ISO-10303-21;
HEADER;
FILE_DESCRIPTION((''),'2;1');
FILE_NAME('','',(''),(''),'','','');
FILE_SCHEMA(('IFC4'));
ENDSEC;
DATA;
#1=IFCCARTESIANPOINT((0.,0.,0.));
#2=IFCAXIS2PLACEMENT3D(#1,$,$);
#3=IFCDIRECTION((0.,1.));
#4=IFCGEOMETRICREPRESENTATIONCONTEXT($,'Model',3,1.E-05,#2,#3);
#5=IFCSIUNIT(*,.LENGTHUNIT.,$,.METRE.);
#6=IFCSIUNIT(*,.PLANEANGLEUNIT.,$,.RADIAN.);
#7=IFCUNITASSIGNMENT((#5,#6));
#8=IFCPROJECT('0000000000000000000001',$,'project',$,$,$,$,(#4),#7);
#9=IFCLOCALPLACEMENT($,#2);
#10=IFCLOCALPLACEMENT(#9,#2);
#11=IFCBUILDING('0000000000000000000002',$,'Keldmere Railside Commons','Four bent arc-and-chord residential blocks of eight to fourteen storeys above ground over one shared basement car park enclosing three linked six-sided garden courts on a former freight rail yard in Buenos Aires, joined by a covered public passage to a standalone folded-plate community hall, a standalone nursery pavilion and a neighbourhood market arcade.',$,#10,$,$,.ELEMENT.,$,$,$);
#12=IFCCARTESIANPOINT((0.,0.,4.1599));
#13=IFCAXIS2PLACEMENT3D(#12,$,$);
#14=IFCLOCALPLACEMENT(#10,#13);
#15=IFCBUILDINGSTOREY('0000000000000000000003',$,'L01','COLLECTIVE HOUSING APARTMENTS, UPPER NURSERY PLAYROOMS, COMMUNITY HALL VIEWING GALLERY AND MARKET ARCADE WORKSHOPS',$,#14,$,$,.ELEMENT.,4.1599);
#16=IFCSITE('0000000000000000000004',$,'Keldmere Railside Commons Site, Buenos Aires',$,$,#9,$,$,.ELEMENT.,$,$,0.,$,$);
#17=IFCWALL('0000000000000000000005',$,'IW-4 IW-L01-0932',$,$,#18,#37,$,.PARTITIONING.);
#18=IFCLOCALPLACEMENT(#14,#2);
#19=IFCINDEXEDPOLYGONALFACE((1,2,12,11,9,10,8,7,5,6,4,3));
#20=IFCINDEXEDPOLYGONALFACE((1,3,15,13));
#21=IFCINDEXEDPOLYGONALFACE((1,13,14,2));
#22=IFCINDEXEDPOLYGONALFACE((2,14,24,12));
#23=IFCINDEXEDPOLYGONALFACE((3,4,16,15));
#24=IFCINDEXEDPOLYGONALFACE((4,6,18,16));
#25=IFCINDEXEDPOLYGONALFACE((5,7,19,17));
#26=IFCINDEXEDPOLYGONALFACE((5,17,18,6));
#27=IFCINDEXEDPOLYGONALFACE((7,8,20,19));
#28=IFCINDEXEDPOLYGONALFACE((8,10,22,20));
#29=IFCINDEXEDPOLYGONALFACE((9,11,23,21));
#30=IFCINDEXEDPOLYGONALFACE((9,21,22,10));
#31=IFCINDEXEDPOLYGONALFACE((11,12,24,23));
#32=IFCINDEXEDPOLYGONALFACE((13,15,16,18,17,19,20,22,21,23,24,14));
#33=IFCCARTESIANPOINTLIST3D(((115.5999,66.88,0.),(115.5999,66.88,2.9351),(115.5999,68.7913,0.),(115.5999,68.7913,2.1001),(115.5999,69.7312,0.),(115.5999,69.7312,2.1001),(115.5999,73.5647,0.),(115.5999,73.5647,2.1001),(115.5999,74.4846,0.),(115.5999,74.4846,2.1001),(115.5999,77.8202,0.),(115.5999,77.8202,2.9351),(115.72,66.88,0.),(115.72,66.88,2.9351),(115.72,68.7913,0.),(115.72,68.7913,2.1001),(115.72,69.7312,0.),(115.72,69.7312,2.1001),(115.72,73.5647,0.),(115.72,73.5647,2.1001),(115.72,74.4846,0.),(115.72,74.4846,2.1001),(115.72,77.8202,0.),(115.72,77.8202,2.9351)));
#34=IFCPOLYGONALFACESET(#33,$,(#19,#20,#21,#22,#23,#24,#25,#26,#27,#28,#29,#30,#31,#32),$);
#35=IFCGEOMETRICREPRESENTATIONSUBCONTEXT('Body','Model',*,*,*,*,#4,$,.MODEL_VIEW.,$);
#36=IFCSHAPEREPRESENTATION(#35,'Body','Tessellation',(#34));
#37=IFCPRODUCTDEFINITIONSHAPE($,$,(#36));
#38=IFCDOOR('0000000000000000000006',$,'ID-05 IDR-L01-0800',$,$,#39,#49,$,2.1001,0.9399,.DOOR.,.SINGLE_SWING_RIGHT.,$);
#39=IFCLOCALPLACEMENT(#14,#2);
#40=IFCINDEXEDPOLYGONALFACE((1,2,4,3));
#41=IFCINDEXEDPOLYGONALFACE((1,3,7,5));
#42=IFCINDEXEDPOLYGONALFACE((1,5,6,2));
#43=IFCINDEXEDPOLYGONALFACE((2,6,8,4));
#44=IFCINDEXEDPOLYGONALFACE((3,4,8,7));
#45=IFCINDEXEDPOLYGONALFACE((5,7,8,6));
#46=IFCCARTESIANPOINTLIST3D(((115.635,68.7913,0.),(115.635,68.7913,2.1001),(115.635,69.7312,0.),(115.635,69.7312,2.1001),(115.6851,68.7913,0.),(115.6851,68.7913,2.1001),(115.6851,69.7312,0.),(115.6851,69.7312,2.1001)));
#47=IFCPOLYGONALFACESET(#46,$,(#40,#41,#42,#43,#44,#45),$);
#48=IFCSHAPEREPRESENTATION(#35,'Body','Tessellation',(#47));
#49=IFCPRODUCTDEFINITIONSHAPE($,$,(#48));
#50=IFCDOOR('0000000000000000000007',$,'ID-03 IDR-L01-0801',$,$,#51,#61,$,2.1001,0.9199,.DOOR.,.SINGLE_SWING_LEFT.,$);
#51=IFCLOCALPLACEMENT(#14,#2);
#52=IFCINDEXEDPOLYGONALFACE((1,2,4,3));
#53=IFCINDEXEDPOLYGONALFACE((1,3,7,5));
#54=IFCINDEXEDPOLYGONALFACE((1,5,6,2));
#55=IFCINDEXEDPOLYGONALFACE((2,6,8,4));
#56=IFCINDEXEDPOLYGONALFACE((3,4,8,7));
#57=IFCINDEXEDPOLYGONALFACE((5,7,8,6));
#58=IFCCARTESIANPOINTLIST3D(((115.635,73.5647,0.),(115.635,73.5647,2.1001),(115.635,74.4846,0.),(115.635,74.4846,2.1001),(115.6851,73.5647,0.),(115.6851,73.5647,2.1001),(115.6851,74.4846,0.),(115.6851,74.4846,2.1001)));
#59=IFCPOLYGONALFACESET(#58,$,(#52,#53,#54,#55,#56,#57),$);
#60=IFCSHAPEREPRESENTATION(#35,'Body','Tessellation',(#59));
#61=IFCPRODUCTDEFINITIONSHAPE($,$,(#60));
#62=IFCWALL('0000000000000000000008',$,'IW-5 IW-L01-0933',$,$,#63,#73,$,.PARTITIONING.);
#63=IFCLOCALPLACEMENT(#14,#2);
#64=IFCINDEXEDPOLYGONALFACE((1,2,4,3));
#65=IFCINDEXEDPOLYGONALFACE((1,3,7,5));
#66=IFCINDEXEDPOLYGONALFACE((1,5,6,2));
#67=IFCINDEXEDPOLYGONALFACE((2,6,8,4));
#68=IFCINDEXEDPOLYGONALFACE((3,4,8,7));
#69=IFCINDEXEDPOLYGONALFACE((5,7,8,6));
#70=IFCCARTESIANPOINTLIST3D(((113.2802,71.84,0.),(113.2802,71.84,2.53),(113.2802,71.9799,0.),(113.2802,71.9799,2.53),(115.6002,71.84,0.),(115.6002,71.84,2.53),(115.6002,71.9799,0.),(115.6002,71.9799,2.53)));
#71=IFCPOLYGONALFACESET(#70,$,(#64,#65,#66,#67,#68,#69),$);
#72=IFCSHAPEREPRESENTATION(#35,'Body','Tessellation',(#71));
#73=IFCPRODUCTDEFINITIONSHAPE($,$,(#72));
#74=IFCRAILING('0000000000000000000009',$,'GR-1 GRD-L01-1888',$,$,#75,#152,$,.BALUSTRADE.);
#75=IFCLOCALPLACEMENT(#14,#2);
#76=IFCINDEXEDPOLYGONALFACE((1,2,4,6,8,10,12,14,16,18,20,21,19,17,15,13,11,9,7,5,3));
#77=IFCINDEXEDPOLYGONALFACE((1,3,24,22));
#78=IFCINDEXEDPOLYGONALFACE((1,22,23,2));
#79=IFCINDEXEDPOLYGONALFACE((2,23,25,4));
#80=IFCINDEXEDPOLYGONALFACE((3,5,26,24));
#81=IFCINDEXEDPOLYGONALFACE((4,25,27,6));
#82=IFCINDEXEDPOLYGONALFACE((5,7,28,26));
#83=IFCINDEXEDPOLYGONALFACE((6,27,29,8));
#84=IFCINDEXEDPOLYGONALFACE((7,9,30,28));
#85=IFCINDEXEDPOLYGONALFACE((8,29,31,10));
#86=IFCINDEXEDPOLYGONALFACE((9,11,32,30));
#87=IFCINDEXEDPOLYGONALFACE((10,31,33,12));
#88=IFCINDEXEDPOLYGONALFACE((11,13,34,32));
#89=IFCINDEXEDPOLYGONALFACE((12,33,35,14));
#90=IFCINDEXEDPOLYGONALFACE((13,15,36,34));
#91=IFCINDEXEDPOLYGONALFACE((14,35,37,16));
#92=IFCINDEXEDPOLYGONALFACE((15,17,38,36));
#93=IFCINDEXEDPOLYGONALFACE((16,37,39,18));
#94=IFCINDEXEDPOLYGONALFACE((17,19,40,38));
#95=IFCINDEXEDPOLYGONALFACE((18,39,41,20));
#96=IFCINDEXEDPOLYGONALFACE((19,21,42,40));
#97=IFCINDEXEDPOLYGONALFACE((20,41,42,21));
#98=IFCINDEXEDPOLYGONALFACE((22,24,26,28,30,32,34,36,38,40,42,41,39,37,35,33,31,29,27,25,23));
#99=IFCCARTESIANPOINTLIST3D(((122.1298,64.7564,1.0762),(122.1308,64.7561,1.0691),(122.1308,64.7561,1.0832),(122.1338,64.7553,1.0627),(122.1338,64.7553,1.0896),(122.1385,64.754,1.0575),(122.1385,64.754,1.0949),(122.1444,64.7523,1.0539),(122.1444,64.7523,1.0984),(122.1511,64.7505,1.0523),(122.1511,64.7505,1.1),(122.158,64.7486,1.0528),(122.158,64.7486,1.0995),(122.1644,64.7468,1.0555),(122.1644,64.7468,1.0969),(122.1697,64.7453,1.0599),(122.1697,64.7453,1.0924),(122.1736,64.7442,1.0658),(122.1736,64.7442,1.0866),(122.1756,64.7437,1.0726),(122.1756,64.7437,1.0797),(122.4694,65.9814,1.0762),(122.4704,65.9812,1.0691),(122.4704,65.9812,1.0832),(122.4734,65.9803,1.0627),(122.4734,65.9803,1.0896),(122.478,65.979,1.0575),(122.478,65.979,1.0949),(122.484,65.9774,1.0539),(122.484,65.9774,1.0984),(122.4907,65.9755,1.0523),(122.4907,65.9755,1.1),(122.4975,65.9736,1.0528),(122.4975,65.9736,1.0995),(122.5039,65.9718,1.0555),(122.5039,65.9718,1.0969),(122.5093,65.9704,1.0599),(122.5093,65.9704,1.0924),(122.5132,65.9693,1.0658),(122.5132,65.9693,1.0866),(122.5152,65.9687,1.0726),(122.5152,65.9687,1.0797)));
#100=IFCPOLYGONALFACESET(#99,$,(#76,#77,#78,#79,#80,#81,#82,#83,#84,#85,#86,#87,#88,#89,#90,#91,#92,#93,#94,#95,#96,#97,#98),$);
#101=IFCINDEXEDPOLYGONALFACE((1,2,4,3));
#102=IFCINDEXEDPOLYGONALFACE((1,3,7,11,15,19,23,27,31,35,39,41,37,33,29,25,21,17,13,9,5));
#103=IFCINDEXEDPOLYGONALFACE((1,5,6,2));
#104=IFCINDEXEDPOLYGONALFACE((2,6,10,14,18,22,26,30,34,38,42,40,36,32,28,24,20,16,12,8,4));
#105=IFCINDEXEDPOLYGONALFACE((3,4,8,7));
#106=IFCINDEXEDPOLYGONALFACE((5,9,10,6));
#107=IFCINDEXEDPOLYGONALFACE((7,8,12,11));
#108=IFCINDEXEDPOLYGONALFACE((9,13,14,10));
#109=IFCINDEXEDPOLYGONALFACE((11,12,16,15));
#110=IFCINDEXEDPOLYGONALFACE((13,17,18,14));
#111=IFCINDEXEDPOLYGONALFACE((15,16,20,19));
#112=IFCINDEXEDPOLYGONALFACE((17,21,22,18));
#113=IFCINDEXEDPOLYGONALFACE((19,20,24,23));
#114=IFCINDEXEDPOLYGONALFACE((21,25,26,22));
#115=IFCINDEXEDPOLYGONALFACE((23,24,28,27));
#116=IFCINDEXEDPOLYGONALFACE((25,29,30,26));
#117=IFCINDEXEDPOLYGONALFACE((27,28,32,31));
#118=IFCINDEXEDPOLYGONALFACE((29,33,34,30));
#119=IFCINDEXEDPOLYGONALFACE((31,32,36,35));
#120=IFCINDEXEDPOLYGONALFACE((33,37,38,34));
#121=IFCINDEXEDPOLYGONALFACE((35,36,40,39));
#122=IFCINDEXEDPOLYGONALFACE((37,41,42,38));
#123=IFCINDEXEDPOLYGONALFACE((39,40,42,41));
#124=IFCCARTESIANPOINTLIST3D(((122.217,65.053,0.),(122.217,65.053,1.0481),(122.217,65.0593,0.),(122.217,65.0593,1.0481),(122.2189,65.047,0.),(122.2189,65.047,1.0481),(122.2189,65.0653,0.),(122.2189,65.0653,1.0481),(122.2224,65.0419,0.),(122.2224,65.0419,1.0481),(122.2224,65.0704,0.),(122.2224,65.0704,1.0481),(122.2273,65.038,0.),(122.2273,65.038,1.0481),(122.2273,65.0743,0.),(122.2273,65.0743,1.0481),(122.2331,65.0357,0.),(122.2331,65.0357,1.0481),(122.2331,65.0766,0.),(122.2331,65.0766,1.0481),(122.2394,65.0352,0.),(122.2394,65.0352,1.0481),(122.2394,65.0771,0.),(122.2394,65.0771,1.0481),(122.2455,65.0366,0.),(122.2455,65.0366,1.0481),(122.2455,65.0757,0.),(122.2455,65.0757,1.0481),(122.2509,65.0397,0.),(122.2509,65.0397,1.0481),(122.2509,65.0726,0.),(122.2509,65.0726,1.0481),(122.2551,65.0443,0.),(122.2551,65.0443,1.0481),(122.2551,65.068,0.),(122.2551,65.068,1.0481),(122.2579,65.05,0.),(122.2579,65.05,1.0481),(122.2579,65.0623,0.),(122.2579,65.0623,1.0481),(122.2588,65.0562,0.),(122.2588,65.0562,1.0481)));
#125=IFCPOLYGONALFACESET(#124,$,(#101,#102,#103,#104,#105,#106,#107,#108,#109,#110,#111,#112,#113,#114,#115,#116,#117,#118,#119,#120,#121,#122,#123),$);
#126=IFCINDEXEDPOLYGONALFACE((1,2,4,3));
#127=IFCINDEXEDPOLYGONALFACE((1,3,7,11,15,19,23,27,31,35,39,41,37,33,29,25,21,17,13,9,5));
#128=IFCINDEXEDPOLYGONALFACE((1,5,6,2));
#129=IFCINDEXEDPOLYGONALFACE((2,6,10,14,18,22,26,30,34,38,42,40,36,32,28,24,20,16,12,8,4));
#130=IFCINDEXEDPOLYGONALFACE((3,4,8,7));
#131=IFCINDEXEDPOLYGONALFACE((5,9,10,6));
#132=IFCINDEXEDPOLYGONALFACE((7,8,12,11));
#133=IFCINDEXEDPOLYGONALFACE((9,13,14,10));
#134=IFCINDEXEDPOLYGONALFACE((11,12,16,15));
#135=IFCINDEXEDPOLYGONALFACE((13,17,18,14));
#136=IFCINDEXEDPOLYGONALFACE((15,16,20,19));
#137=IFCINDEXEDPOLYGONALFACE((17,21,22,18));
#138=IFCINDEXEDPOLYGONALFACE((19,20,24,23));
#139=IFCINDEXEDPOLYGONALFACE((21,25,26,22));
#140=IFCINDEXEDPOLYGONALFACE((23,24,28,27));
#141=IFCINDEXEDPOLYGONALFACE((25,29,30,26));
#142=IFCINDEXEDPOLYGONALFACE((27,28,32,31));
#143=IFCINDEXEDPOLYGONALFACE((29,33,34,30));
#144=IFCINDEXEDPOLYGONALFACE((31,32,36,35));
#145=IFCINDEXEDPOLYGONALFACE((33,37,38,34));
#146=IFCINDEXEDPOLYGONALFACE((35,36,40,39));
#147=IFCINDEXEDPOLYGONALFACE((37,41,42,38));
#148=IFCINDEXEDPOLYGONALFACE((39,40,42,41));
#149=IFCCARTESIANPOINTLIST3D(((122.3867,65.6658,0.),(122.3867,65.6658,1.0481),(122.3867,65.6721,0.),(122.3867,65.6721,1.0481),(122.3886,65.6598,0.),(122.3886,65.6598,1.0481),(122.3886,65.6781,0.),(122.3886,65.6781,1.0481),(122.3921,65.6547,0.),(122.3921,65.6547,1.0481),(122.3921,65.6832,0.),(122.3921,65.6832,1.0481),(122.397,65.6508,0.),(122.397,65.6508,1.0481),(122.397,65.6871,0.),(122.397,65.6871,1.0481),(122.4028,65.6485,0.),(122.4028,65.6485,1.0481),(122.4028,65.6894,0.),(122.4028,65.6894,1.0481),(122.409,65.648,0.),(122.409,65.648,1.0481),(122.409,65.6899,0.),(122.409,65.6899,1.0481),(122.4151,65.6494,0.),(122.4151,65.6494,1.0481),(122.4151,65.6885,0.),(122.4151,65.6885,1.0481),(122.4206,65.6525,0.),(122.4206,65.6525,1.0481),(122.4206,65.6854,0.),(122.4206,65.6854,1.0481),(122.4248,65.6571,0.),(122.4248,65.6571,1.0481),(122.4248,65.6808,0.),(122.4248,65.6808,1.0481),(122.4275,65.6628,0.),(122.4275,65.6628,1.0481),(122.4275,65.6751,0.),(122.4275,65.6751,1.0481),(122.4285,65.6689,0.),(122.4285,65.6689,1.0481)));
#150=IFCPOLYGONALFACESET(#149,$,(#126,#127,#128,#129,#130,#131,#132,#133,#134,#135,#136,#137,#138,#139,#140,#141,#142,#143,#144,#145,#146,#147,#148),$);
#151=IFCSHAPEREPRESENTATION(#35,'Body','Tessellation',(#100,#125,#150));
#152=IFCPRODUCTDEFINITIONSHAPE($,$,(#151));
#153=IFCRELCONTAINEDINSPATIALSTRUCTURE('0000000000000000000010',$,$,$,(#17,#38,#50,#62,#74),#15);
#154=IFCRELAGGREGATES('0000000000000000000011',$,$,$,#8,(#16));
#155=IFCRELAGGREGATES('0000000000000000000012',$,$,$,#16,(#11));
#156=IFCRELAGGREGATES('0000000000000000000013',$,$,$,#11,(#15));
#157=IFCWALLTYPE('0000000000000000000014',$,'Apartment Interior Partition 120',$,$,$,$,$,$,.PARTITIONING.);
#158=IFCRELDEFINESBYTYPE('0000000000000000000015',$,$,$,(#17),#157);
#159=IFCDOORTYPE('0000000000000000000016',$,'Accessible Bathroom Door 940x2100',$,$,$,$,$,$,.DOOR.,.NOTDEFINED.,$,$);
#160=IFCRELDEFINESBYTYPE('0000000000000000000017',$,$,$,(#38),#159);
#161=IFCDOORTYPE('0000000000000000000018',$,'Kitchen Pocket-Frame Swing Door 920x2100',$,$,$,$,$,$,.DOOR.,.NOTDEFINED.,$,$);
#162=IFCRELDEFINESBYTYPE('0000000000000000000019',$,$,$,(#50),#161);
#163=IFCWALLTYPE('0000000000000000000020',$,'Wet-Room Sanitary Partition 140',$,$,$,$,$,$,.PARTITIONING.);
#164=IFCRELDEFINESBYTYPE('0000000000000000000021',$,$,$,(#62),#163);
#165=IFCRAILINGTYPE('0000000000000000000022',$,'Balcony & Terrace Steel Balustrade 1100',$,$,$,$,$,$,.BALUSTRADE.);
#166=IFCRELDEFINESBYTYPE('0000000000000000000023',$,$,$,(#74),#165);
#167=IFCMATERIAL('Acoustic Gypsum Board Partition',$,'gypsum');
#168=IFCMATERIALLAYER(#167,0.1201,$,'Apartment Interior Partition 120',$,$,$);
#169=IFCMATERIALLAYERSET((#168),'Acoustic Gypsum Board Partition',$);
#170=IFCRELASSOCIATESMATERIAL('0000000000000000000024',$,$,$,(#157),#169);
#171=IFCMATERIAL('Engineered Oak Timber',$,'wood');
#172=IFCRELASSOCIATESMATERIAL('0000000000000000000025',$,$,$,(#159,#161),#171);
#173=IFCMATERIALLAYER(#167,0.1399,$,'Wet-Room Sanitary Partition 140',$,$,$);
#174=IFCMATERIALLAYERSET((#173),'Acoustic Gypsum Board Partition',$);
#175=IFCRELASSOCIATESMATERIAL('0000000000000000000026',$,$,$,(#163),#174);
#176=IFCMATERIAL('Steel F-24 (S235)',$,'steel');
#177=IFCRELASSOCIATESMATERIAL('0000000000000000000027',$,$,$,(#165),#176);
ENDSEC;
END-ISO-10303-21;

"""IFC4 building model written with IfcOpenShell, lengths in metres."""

from ifc_helpers import new_model, si_unit, direction, frame, frame_2d, origin, origin_2d, place, context, subcontext, project, spatial, rectangle, circle, extrude, material, layer, layer_set, type_object, element, fill, save


model = new_model("IFC4")

# Units and contexts
model_context = context("Model", 3, precision=1e-05, world=origin(), true_north=direction((0.0, 1.0)))
body_context = subcontext(model_context, "Body", "Model", "MODEL_VIEW")
ifc_project = project(units=[si_unit("LENGTHUNIT", "METRE"), si_unit("PLANEANGLEUNIT", "RADIAN")], contexts=[model_context])

# Site, building, storey
site_placement = place(None, origin())
site = spatial("IfcSite", under=ifc_project, at=site_placement, Name="Keldmere Railside Commons Site, Buenos Aires", CompositionType="ELEMENT", RefElevation=0.0)
building_placement = place(site_placement, origin())
building = spatial("IfcBuilding", under=site, at=building_placement, Name="Keldmere Railside Commons", Description="Four bent arc-and-chord residential blocks of eight to fourteen storeys above ground over one shared basement car park enclosing three linked six-sided garden courts on a former freight rail yard in Buenos Aires, joined by a covered public passage to a standalone folded-plate community hall, a standalone nursery pavilion and a neighbourhood market arcade.", CompositionType="ELEMENT")
storey_placement = place(building_placement, frame((0.0, 0.0, 4.1599)))
storey = spatial("IfcBuildingStorey", under=building, at=storey_placement, Name="L01", Description="COLLECTIVE HOUSING APARTMENTS, UPPER NURSERY PLAYROOMS, COMMUNITY HALL VIEWING GALLERY AND MARKET ARCADE WORKSHOPS", CompositionType="ELEMENT", Elevation=4.1599)

# Shared definitions
ifc_material_1 = material(Name="Acoustic Gypsum Board Partition", Category="gypsum")

# Wall, openings, doors
ifc_layer_1 = layer(ifc_material_1, 0.1201, Name="Apartment Interior Partition 120")
ifc_layer_set_1 = layer_set([ifc_layer_1], Name="Acoustic Gypsum Board Partition")
wall_type_1 = type_object("IfcWallType", Name="Apartment Interior Partition 120", PredefinedType="PARTITIONING", material=ifc_layer_set_1)
wall_1_placement = place(storey_placement, frame((115.6599, 66.8799, 0.0), z_axis=(0.0, 0.0, 1.0), x_axis=(0.0, 1.0, 0.0)))
wall_1 = element("IfcWall", 1, at=wall_1_placement, inside=storey, type_object=wall_type_1, Name="IW-4 IW-L01-0932", PredefinedType="PARTITIONING", context=body_context, shape_type="SweptSolid", body=[
    extrude(rectangle(XDim=10.9402, YDim=0.1201, at=frame_2d((5.4702, 0.0))), origin(), (0.0, 0.0, 1.0), 2.9351),
])
opening_1_placement = place(wall_1_placement, frame((1.9114, 0.0, 0.0)))
opening_1 = element("IfcOpeningElement", 2, at=opening_1_placement, cuts=wall_1, PredefinedType="OPENING", context=body_context, shape_type="SweptSolid", body=[
    extrude(rectangle(XDim=0.9399, YDim=2.1001, at=frame_2d((0.47, 1.05))), frame((0.0, 0.0701, 0.0), z_axis=(0.0, -1.0, 0.0), x_axis=(1.0, 0.0, 0.0)), (0.0, 0.0, 1.0), 0.1401),
])
opening_2_placement = place(wall_1_placement, frame((6.6848, 0.0, 0.0)))
opening_2 = element("IfcOpeningElement", 3, at=opening_2_placement, cuts=wall_1, PredefinedType="OPENING", context=body_context, shape_type="SweptSolid", body=[
    extrude(rectangle(XDim=0.9199, YDim=2.1001, at=frame_2d((0.46, 1.05))), frame((0.0, 0.0701, 0.0), z_axis=(0.0, -1.0, 0.0), x_axis=(1.0, 0.0, 0.0)), (0.0, 0.0, 1.0), 0.1401),
])
ifc_material_2 = material(Name="Engineered Oak Timber", Category="wood")
door_type_1 = type_object("IfcDoorType", Name="Accessible Bathroom Door 940x2100", OperationType="NOTDEFINED", PredefinedType="DOOR", material=ifc_material_2)
door_1_placement = place(opening_1_placement, origin())
door_1 = element("IfcDoor", 4, at=door_1_placement, inside=storey, type_object=door_type_1, Name="ID-05 IDR-L01-0800", OperationType="SINGLE_SWING_RIGHT", OverallHeight=2.1001, OverallWidth=0.9399, PredefinedType="DOOR", context=body_context, shape_type="SweptSolid", body=[
    extrude(rectangle(XDim=0.9399, YDim=2.1001, at=frame_2d((0.47, 1.05))), frame((0.0, 0.0249, 0.0), z_axis=(0.0, -1.0, 0.0), x_axis=(1.0, 0.0, 0.0)), (0.0, 0.0, 1.0), 0.05),
])
fill(opening_1, door_1)
door_type_2 = type_object("IfcDoorType", Name="Kitchen Pocket-Frame Swing Door 920x2100", OperationType="NOTDEFINED", PredefinedType="DOOR", material=ifc_material_2)
door_2_placement = place(opening_2_placement, origin())
door_2 = element("IfcDoor", 5, at=door_2_placement, inside=storey, type_object=door_type_2, Name="ID-03 IDR-L01-0801", OperationType="SINGLE_SWING_LEFT", OverallHeight=2.1001, OverallWidth=0.9199, PredefinedType="DOOR", context=body_context, shape_type="SweptSolid", body=[
    extrude(rectangle(XDim=0.9199, YDim=2.1001, at=frame_2d((0.46, 1.05))), frame((0.0, 0.0249, 0.0), z_axis=(0.0, -1.0, 0.0), x_axis=(1.0, 0.0, 0.0)), (0.0, 0.0, 1.0), 0.05),
])
fill(opening_2, door_2)

# Wall
ifc_layer_2 = layer(ifc_material_1, 0.1399, Name="Wet-Room Sanitary Partition 140")
ifc_layer_set_2 = layer_set([ifc_layer_2], Name="Acoustic Gypsum Board Partition")
wall_type_2 = type_object("IfcWallType", Name="Wet-Room Sanitary Partition 140", PredefinedType="PARTITIONING", material=ifc_layer_set_2)
wall_2_placement = place(storey_placement, frame((113.28, 71.9099, 0.0), z_axis=(0.0, 0.0, 1.0), x_axis=(1.0, 0.0, 0.0)))
element("IfcWall", 6, at=wall_2_placement, inside=storey, type_object=wall_type_2, Name="IW-5 IW-L01-0933", PredefinedType="PARTITIONING", context=body_context, shape_type="SweptSolid", body=[
    extrude(rectangle(XDim=2.3201, YDim=0.1399, at=frame_2d((1.1602, 0.0))), origin(), (0.0, 0.0, 1.0), 2.53),
])

# Railing
ifc_material_3 = material(Name="Steel F-24 (S235)", Category="steel")
railing_type = type_object("IfcRailingType", Name="Balcony & Terrace Steel Balustrade 1100", PredefinedType="BALUSTRADE", material=ifc_material_3)
railing_1_placement = place(storey_placement, frame((122.1528, 64.75, 0.0)))
element("IfcRailing", 7, at=railing_1_placement, inside=storey, type_object=railing_type, Name="GR-1 GRD-L01-1888", PredefinedType="BALUSTRADE", context=body_context, shape_type="SweptSolid", body=[
    extrude(circle(Radius=0.0239, at=origin_2d()), frame((0.0, 0.0, 1.0762), z_axis=(0.267129, 0.963661, 0.0), x_axis=(-0.963661, 0.267129, 0.0)), (0.0, 0.0, 1.0), 1.2712),
    extrude(circle(Radius=0.021, at=origin_2d()), frame((0.085, 0.3062, 0.0)), (0.0, 0.0, 1.0), 1.0481),
    extrude(circle(Radius=0.021, at=origin_2d()), frame((0.2546, 0.9189, 0.0)), (0.0, 0.0, 1.0), 1.0481),
])

save(model, "model.ifc")
